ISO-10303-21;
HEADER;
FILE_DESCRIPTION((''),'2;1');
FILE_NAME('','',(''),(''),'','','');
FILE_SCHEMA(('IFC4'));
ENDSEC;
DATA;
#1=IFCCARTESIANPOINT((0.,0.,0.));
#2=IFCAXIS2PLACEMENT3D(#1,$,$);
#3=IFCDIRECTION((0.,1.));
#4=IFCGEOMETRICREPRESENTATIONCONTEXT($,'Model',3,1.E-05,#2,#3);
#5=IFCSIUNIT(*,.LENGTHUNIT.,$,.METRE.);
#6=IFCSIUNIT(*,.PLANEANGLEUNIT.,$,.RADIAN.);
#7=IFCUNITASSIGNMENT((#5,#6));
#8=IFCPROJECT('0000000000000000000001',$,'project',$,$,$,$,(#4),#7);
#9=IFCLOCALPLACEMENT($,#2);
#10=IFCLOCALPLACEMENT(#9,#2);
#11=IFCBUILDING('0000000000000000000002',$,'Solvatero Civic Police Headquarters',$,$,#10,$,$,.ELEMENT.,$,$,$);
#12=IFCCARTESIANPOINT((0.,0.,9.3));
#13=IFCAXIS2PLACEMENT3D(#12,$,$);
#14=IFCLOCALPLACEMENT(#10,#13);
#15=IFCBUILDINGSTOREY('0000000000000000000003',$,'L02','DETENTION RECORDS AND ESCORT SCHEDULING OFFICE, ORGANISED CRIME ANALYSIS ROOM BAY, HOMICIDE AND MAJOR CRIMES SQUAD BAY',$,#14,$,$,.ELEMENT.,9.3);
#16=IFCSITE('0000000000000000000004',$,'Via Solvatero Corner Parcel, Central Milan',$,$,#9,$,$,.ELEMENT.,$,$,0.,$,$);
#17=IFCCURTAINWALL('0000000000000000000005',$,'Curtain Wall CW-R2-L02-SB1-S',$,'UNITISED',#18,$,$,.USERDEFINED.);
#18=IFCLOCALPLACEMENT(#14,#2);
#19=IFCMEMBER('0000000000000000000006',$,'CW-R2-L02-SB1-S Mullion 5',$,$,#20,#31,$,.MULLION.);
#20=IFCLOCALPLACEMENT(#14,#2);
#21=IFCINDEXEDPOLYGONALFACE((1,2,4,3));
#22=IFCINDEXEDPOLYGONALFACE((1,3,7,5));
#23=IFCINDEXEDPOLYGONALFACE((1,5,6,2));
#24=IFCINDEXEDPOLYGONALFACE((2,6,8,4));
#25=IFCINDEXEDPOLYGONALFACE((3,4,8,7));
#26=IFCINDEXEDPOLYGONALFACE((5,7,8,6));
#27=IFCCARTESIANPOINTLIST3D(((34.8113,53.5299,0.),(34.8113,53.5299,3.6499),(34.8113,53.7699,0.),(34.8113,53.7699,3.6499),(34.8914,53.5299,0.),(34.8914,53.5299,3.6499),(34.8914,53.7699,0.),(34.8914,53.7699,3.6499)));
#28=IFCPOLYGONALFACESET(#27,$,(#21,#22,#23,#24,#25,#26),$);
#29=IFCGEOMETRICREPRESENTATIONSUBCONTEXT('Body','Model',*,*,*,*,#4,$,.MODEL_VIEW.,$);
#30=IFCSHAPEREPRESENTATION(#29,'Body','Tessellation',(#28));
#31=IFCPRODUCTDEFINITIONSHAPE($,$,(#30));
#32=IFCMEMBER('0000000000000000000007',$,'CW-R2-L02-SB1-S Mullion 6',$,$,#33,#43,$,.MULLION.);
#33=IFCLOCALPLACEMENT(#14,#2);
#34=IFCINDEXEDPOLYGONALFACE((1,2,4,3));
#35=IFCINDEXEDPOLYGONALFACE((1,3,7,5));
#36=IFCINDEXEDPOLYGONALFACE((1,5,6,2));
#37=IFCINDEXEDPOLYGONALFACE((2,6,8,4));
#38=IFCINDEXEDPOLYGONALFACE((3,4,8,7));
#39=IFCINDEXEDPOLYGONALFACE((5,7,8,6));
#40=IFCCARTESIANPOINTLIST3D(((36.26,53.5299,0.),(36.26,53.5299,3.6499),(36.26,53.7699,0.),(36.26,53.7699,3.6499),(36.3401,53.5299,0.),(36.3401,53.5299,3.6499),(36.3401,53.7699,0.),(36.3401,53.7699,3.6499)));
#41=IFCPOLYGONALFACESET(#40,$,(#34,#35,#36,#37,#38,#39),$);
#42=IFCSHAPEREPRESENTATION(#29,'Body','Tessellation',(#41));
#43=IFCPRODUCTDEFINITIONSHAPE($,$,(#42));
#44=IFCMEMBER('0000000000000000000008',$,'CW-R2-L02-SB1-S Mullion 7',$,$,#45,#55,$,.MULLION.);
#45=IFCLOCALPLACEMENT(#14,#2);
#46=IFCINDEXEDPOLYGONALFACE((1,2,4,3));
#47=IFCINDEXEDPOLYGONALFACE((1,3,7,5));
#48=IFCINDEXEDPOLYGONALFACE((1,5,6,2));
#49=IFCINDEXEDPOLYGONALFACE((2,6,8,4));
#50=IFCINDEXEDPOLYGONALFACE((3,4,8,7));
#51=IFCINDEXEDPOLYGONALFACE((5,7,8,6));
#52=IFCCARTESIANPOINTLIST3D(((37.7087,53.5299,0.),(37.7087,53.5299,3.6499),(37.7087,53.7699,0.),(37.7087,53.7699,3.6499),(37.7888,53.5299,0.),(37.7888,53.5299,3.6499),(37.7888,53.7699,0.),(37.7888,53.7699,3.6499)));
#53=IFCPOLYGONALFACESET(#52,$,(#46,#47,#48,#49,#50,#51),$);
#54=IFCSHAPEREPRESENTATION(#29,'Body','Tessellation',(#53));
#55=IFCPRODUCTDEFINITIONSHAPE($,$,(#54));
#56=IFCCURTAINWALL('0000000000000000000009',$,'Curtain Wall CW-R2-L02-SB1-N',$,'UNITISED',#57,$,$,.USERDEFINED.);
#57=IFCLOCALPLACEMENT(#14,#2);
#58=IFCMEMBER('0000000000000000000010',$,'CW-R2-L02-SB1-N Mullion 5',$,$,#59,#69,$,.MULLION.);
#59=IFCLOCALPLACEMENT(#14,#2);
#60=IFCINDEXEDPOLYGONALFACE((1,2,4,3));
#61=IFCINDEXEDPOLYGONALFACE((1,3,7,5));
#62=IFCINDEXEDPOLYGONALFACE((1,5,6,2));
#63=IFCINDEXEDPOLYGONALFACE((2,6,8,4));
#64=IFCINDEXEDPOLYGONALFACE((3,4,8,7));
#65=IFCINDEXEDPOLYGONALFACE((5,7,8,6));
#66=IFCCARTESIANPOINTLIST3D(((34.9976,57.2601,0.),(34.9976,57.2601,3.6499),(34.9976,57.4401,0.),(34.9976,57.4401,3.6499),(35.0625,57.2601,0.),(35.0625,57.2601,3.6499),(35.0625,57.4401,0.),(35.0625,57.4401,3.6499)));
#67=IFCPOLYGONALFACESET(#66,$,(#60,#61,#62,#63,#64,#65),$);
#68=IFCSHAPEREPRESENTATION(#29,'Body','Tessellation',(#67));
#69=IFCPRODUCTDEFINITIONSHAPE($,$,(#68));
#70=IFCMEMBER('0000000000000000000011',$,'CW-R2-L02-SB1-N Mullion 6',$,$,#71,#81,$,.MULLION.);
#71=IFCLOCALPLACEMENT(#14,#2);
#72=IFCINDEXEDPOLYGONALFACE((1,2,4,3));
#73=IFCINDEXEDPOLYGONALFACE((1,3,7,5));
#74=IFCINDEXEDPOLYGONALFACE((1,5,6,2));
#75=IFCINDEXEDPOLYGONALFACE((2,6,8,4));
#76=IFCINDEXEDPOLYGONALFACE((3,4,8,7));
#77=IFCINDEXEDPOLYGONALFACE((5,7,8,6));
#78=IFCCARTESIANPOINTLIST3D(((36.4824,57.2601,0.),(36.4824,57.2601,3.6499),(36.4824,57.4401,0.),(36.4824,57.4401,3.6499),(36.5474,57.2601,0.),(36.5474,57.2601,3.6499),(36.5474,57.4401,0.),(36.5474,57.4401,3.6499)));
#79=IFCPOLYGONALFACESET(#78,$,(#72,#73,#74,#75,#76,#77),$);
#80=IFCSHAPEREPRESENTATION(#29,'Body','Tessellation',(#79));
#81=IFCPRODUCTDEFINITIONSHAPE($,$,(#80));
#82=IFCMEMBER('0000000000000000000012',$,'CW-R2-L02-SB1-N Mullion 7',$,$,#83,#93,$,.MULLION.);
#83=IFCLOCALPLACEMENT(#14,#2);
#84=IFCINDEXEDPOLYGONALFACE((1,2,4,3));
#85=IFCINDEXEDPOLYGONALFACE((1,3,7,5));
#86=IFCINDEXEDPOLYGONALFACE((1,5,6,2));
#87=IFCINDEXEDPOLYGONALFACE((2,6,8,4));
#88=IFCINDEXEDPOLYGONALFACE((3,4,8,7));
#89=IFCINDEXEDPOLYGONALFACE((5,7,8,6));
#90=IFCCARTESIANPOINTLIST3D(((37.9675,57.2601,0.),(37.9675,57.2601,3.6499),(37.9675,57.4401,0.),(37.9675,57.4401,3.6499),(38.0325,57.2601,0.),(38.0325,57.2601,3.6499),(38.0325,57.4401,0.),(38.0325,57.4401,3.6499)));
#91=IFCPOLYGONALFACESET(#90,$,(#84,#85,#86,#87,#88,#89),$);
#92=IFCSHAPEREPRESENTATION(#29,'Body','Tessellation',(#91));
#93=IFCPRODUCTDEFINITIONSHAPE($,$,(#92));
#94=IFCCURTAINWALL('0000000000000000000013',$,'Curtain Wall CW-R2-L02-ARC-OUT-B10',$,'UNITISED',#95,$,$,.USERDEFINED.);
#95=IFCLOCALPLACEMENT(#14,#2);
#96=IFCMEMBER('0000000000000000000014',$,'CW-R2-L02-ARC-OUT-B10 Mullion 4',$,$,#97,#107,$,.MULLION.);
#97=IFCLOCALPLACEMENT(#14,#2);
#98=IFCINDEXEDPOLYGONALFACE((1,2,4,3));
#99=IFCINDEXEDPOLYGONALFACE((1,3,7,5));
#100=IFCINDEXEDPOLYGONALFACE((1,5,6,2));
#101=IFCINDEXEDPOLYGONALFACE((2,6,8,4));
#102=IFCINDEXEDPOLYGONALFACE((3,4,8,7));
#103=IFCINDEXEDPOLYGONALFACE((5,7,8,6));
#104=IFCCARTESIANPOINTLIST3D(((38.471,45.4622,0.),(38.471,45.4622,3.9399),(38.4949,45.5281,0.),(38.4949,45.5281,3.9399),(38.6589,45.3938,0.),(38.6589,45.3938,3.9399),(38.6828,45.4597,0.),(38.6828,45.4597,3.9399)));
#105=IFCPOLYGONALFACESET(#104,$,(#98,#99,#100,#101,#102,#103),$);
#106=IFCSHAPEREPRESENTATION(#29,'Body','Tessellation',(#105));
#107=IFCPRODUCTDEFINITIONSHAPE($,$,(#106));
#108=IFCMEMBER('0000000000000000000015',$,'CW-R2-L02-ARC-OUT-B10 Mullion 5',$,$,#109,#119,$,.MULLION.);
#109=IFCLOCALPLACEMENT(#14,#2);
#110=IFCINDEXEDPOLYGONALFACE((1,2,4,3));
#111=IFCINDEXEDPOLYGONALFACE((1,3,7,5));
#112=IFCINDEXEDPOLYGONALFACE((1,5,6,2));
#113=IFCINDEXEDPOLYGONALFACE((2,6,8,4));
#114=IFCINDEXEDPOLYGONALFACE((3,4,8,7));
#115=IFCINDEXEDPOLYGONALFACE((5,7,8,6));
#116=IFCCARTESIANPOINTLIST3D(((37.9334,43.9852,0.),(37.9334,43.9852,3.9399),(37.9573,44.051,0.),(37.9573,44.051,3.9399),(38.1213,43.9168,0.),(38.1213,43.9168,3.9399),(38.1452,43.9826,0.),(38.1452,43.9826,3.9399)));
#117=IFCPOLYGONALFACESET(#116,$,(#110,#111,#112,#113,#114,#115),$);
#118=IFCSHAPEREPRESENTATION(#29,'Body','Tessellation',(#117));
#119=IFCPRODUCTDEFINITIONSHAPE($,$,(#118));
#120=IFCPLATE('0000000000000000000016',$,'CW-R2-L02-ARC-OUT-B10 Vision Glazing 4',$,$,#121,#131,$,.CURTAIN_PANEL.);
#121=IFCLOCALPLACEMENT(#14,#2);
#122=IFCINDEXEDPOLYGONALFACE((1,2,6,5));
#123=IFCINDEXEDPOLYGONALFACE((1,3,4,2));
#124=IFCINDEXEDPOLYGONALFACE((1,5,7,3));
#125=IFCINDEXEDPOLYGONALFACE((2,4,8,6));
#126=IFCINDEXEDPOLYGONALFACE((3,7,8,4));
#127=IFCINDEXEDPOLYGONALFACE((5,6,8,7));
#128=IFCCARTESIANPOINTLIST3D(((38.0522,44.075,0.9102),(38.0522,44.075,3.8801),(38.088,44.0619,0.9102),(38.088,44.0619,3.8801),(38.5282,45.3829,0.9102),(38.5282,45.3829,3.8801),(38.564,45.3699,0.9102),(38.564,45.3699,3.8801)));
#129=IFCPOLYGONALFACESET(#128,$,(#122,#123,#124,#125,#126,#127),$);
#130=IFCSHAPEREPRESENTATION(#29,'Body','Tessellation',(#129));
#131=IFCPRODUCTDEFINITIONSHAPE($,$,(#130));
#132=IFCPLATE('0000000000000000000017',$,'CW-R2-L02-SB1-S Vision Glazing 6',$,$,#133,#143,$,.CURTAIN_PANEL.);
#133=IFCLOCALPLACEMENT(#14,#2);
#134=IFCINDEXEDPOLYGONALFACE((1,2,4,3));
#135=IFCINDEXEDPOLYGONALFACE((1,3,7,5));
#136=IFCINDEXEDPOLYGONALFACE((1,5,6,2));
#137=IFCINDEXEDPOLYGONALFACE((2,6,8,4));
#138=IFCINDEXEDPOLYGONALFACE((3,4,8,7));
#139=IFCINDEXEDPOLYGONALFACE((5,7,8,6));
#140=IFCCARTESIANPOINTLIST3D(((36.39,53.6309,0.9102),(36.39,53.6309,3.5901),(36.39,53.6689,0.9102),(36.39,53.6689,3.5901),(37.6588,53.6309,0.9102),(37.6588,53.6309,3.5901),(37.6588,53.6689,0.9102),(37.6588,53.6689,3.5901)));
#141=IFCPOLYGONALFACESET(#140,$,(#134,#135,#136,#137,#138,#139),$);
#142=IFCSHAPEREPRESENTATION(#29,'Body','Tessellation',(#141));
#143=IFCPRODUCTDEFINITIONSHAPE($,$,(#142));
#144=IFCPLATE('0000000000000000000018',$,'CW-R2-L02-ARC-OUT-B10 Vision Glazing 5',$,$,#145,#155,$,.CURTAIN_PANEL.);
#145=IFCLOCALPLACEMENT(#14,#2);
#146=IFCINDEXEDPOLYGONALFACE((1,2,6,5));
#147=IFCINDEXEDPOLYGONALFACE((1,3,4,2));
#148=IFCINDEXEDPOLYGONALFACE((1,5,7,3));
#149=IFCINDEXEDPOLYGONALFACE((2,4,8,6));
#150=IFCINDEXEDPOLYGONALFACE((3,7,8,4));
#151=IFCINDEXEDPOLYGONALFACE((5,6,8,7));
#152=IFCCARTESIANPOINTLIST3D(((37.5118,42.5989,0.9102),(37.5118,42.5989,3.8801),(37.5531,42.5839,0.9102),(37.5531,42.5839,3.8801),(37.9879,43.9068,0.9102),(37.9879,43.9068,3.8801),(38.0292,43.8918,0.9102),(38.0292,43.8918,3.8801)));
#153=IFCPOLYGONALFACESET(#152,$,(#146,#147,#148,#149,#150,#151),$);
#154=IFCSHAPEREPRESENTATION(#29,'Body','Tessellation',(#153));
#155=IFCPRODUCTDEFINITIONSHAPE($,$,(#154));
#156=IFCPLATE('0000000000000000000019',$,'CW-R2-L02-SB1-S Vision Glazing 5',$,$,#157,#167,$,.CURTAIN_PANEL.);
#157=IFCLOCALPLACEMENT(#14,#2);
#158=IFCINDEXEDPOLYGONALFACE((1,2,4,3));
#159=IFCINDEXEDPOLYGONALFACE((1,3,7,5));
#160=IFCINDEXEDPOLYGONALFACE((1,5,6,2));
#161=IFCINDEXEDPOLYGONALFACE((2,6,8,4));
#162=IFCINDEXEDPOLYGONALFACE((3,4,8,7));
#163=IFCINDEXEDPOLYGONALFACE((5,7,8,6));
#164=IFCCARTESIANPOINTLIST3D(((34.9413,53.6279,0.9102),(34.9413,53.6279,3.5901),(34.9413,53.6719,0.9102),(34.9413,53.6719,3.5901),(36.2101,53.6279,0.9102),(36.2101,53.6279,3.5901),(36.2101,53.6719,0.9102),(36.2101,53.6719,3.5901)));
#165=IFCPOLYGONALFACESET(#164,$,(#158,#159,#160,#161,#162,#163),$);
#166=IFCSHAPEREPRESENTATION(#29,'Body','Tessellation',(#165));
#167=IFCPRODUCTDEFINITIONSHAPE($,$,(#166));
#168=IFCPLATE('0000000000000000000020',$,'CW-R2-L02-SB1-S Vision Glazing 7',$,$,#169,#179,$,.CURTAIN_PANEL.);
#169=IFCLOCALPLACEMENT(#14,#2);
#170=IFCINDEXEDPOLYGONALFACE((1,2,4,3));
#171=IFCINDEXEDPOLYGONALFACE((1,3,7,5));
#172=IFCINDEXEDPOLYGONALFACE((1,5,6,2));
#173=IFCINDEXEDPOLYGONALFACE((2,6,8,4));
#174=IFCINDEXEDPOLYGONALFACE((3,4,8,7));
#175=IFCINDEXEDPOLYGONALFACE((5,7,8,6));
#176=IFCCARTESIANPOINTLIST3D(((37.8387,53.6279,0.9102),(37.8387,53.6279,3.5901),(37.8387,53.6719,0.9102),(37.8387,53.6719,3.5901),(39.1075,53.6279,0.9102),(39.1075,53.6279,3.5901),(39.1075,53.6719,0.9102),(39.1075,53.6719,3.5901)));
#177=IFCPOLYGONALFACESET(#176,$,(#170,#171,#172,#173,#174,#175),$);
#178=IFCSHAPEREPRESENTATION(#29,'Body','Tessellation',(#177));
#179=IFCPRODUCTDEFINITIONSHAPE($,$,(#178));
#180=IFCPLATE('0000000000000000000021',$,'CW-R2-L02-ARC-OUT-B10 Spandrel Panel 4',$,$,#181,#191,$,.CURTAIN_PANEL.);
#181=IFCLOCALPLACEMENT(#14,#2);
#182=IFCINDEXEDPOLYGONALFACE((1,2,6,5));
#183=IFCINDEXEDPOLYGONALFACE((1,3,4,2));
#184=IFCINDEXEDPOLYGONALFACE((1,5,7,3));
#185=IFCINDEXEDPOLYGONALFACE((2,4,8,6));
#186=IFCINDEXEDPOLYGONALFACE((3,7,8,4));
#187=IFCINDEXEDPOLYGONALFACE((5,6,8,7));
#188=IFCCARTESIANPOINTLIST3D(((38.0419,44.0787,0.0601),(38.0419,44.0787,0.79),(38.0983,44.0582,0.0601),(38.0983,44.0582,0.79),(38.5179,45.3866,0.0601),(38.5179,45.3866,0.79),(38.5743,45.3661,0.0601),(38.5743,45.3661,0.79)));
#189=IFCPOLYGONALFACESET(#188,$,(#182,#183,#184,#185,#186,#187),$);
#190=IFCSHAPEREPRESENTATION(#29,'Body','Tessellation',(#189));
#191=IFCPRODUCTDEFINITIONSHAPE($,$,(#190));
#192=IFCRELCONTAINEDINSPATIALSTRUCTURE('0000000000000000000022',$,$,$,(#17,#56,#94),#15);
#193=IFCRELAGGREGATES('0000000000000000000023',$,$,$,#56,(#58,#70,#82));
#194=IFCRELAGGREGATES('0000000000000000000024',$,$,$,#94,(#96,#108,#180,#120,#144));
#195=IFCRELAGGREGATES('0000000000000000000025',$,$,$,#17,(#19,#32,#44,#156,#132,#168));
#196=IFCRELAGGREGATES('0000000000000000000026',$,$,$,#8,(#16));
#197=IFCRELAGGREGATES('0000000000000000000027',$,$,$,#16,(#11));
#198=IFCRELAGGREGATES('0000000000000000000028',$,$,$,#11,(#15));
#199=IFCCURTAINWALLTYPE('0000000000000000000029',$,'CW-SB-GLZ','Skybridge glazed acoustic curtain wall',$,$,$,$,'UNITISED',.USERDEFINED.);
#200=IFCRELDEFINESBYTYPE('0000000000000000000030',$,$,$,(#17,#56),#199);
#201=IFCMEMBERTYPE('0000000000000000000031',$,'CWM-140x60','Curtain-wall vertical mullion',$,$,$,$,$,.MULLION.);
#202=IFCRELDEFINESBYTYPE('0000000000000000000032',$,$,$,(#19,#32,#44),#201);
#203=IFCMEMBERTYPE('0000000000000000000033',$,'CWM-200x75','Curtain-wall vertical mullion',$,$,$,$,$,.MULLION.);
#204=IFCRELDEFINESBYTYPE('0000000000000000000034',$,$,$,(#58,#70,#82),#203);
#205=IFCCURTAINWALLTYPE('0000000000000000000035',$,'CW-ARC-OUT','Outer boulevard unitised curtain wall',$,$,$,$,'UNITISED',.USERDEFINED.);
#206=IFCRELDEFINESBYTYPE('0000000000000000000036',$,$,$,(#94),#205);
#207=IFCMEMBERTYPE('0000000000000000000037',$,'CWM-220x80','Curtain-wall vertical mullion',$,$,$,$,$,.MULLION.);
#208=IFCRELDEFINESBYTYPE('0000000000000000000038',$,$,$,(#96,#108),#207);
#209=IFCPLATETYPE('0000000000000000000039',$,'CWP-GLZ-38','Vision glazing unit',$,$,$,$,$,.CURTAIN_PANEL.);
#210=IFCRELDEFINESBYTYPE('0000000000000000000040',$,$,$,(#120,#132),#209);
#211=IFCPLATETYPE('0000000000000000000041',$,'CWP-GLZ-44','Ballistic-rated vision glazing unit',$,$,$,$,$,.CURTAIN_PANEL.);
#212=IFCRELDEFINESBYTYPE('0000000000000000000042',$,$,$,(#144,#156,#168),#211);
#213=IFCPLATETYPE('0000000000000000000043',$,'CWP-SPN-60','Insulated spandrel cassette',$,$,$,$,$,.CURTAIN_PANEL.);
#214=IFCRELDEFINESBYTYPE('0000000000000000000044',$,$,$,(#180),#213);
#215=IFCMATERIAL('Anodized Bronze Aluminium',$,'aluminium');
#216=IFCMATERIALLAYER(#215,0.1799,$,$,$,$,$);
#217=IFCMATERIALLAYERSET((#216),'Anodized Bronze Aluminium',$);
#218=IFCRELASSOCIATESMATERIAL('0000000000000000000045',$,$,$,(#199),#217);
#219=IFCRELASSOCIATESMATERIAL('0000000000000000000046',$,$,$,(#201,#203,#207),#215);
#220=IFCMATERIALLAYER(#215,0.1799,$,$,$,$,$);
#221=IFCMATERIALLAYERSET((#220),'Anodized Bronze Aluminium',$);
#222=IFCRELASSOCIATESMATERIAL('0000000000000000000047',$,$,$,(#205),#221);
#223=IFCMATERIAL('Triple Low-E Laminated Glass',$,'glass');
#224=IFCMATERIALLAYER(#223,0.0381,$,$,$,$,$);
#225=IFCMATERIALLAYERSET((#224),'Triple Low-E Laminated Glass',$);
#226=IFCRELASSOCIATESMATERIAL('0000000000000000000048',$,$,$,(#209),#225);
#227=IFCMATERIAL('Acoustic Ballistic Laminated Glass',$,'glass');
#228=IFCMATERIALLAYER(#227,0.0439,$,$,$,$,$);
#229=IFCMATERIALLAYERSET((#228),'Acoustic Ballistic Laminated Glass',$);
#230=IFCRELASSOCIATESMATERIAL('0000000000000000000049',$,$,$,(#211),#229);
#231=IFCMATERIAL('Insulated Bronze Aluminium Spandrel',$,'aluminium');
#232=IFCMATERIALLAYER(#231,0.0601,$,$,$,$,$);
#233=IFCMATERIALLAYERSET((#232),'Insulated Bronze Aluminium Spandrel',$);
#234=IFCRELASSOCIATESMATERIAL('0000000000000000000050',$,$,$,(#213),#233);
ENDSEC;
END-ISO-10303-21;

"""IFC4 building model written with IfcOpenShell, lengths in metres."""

from ifc_helpers import new_model, si_unit, direction, frame, origin, origin_2d, place, context, subcontext, project, spatial, rectangle, extrude, material, layer, layer_set, material_profile, profile_set, type_object, element, aggregate, save


model = new_model("IFC4")

# Units and contexts
model_context = context("Model", 3, precision=1e-05, world=origin(), true_north=direction((0.0, 1.0)))
body_context = subcontext(model_context, "Body", "Model", "MODEL_VIEW")
ifc_project = project(units=[si_unit("LENGTHUNIT", "METRE"), si_unit("PLANEANGLEUNIT", "RADIAN")], contexts=[model_context])

# Site, building, storey
site_placement = place(None, origin())
site = spatial("IfcSite", under=ifc_project, at=site_placement, Name="Via Solvatero Corner Parcel, Central Milan", CompositionType="ELEMENT", RefElevation=0.0)
building_placement = place(site_placement, origin())
building = spatial("IfcBuilding", under=site, at=building_placement, Name="Solvatero Civic Police Headquarters", CompositionType="ELEMENT")
storey_placement = place(building_placement, frame((0.0, 0.0, 9.3)))
storey = spatial("IfcBuildingStorey", under=building, at=storey_placement, Name="L02", Description="DETENTION RECORDS AND ESCORT SCHEDULING OFFICE, ORGANISED CRIME ANALYSIS ROOM BAY, HOMICIDE AND MAJOR CRIMES SQUAD BAY", CompositionType="ELEMENT", Elevation=9.3)

# Curtain walls, members
ifc_material_1 = material(Name="Anodized Bronze Aluminium", Category="aluminium")
ifc_layer_1 = layer(ifc_material_1, 0.1799)
ifc_layer_set_1 = layer_set([ifc_layer_1], Name="Anodized Bronze Aluminium")
curtain_wall_type_1 = type_object("IfcCurtainWallType", Name="CW-SB-GLZ", Description="Skybridge glazed acoustic curtain wall", ElementType="UNITISED", PredefinedType="USERDEFINED", material=ifc_layer_set_1)
curtain_wall_1_placement = place(storey_placement, origin())
curtain_wall_1 = element("IfcCurtainWall", 1, at=curtain_wall_1_placement, inside=storey, type_object=curtain_wall_type_1, Name="Curtain Wall CW-R2-L02-SB1-S", ObjectType="UNITISED", PredefinedType="USERDEFINED")
ifc_material_profile_1 = material_profile(ifc_material_1, rectangle(XDim=0.0801, YDim=0.24, at=origin_2d()), Name="ALU MULLION 80x240")
ifc_profile_set_1 = profile_set([ifc_material_profile_1], Name="Anodized Bronze Aluminium")
member_type_1 = type_object("IfcMemberType", Name="CWM-140x60", Description="Curtain-wall vertical mullion", PredefinedType="MULLION", material=ifc_profile_set_1)
member_1_placement = place(storey_placement, frame((34.8513, 53.6499, 0.0), z_axis=(0.0, 0.0, 1.0), x_axis=(1.0, 0.0, 0.0)))
member_1 = element("IfcMember", 2, at=member_1_placement, type_object=member_type_1, Name="CW-R2-L02-SB1-S Mullion 5", PredefinedType="MULLION", context=body_context, shape_type="SweptSolid", body=[
    extrude(rectangle(XDim=0.0801, YDim=0.24, at=origin_2d()), origin(), (0.0, 0.0, 1.0), 3.6499),
])
member_2_placement = place(storey_placement, frame((36.3, 53.6499, 0.0), z_axis=(0.0, 0.0, 1.0), x_axis=(1.0, 0.0, 0.0)))
member_2 = element("IfcMember", 3, at=member_2_placement, type_object=member_type_1, Name="CW-R2-L02-SB1-S Mullion 6", PredefinedType="MULLION", context=body_context, shape_type="SweptSolid", body=[
    extrude(rectangle(XDim=0.0801, YDim=0.24, at=origin_2d()), origin(), (0.0, 0.0, 1.0), 3.6499),
])
member_3_placement = place(storey_placement, frame((37.7488, 53.6499, 0.0), z_axis=(0.0, 0.0, 1.0), x_axis=(1.0, 0.0, 0.0)))
member_3 = element("IfcMember", 4, at=member_3_placement, type_object=member_type_1, Name="CW-R2-L02-SB1-S Mullion 7", PredefinedType="MULLION", context=body_context, shape_type="SweptSolid", body=[
    extrude(rectangle(XDim=0.0801, YDim=0.24, at=origin_2d()), origin(), (0.0, 0.0, 1.0), 3.6499),
])
curtain_wall_2_placement = place(storey_placement, origin())
curtain_wall_2 = element("IfcCurtainWall", 5, at=curtain_wall_2_placement, inside=storey, type_object=curtain_wall_type_1, Name="Curtain Wall CW-R2-L02-SB1-N", ObjectType="UNITISED", PredefinedType="USERDEFINED")
ifc_material_profile_2 = material_profile(ifc_material_1, rectangle(XDim=0.0649, YDim=0.1799, at=origin_2d()), Name="ALU MULLION 65x180")
ifc_profile_set_2 = profile_set([ifc_material_profile_2], Name="Anodized Bronze Aluminium")
member_type_2 = type_object("IfcMemberType", Name="CWM-200x75", Description="Curtain-wall vertical mullion", PredefinedType="MULLION", material=ifc_profile_set_2)
member_4_placement = place(storey_placement, frame((35.03, 57.3501, 0.0), z_axis=(0.0, 0.0, 1.0), x_axis=(1.0, 0.0, 0.0)))
member_4 = element("IfcMember", 6, at=member_4_placement, type_object=member_type_2, Name="CW-R2-L02-SB1-N Mullion 5", PredefinedType="MULLION", context=body_context, shape_type="SweptSolid", body=[
    extrude(rectangle(XDim=0.0649, YDim=0.1799, at=origin_2d()), origin(), (0.0, 0.0, 1.0), 3.6499),
])
member_5_placement = place(storey_placement, frame((36.5149, 57.3501, 0.0), z_axis=(0.0, 0.0, 1.0), x_axis=(1.0, 0.0, 0.0)))
member_5 = element("IfcMember", 7, at=member_5_placement, type_object=member_type_2, Name="CW-R2-L02-SB1-N Mullion 6", PredefinedType="MULLION", context=body_context, shape_type="SweptSolid", body=[
    extrude(rectangle(XDim=0.0649, YDim=0.1799, at=origin_2d()), origin(), (0.0, 0.0, 1.0), 3.6499),
])
member_6_placement = place(storey_placement, frame((38.0, 57.3501, 0.0), z_axis=(0.0, 0.0, 1.0), x_axis=(1.0, 0.0, 0.0)))
member_6 = element("IfcMember", 8, at=member_6_placement, type_object=member_type_2, Name="CW-R2-L02-SB1-N Mullion 7", PredefinedType="MULLION", context=body_context, shape_type="SweptSolid", body=[
    extrude(rectangle(XDim=0.0649, YDim=0.1799, at=origin_2d()), origin(), (0.0, 0.0, 1.0), 3.6499),
])
aggregate(curtain_wall_2, [member_4, member_5, member_6])

# Curtain wall, members, plate
ifc_layer_2 = layer(ifc_material_1, 0.1799)
ifc_layer_set_2 = layer_set([ifc_layer_2], Name="Anodized Bronze Aluminium")
curtain_wall_type_2 = type_object("IfcCurtainWallType", Name="CW-ARC-OUT", Description="Outer boulevard unitised curtain wall", ElementType="UNITISED", PredefinedType="USERDEFINED", material=ifc_layer_set_2)
curtain_wall_3_placement = place(storey_placement, origin())
curtain_wall_3 = element("IfcCurtainWall", 9, at=curtain_wall_3_placement, inside=storey, type_object=curtain_wall_type_2, Name="Curtain Wall CW-R2-L02-ARC-OUT-B10", ObjectType="UNITISED", PredefinedType="USERDEFINED")
ifc_material_profile_3 = material_profile(ifc_material_1, rectangle(XDim=0.0701, YDim=0.2, at=origin_2d()), Name="ALU MULLION 70x200")
ifc_profile_set_3 = profile_set([ifc_material_profile_3], Name="Anodized Bronze Aluminium")
member_type_3 = type_object("IfcMemberType", Name="CWM-220x80", Description="Curtain-wall vertical mullion", PredefinedType="MULLION", material=ifc_profile_set_3)
member_7_placement = place(storey_placement, frame((38.5769, 45.4609, 0.0), z_axis=(0.0, 0.0, 1.0), x_axis=(-0.34202, -0.939693, 0.0)))
member_7 = element("IfcMember", 10, at=member_7_placement, type_object=member_type_3, Name="CW-R2-L02-ARC-OUT-B10 Mullion 4", PredefinedType="MULLION", context=body_context, shape_type="SweptSolid", body=[
    extrude(rectangle(XDim=0.0701, YDim=0.2, at=origin_2d()), origin(), (0.0, 0.0, 1.0), 3.9399),
])
member_8_placement = place(storey_placement, frame((38.0393, 43.9839, 0.0), z_axis=(0.0, 0.0, 1.0), x_axis=(-0.34202, -0.939693, 0.0)))
member_8 = element("IfcMember", 11, at=member_8_placement, type_object=member_type_3, Name="CW-R2-L02-ARC-OUT-B10 Mullion 5", PredefinedType="MULLION", context=body_context, shape_type="SweptSolid", body=[
    extrude(rectangle(XDim=0.0701, YDim=0.2, at=origin_2d()), origin(), (0.0, 0.0, 1.0), 3.9399),
])
ifc_material_2 = material(Name="Triple Low-E Laminated Glass", Category="glass")
ifc_layer_3 = layer(ifc_material_2, 0.0381)
ifc_layer_set_3 = layer_set([ifc_layer_3], Name="Triple Low-E Laminated Glass")
plate_type_1 = type_object("IfcPlateType", Name="CWP-GLZ-38", Description="Vision glazing unit", PredefinedType="CURTAIN_PANEL", material=ifc_layer_set_3)
plate_1_placement = place(storey_placement, frame((38.3081, 44.7224, 0.9102), z_axis=(0.0, 0.0, 1.0), x_axis=(-0.34202, -0.939693, 0.0)))
plate_1 = element("IfcPlate", 12, at=plate_1_placement, type_object=plate_type_1, Name="CW-R2-L02-ARC-OUT-B10 Vision Glazing 4", PredefinedType="CURTAIN_PANEL", context=body_context, shape_type="SweptSolid", body=[
    extrude(rectangle(XDim=1.3918, YDim=0.0381, at=origin_2d()), origin(), (0.0, 0.0, 1.0), 2.97),
])

# Plates
plate_2_placement = place(storey_placement, frame((37.0244, 53.6499, 0.9102), z_axis=(0.0, 0.0, 1.0), x_axis=(1.0, 0.0, 0.0)))
plate_2 = element("IfcPlate", 13, at=plate_2_placement, type_object=plate_type_1, Name="CW-R2-L02-SB1-S Vision Glazing 6", PredefinedType="CURTAIN_PANEL", context=body_context, shape_type="SweptSolid", body=[
    extrude(rectangle(XDim=1.2688, YDim=0.0381, at=origin_2d()), origin(), (0.0, 0.0, 1.0), 2.6799),
])
ifc_material_3 = material(Name="Acoustic Ballistic Laminated Glass", Category="glass")
ifc_layer_4 = layer(ifc_material_3, 0.0439)
ifc_layer_set_4 = layer_set([ifc_layer_4], Name="Acoustic Ballistic Laminated Glass")
plate_type_2 = type_object("IfcPlateType", Name="CWP-GLZ-44", Description="Ballistic-rated vision glazing unit", PredefinedType="CURTAIN_PANEL", material=ifc_layer_set_4)
plate_3_placement = place(storey_placement, frame((37.7705, 43.2454, 0.9102), z_axis=(0.0, 0.0, 1.0), x_axis=(-0.34202, -0.939693, 0.0)))
plate_3 = element("IfcPlate", 14, at=plate_3_placement, type_object=plate_type_2, Name="CW-R2-L02-ARC-OUT-B10 Vision Glazing 5", PredefinedType="CURTAIN_PANEL", context=body_context, shape_type="SweptSolid", body=[
    extrude(rectangle(XDim=1.3918, YDim=0.0439, at=origin_2d()), origin(), (0.0, 0.0, 1.0), 2.97),
])
plate_4_placement = place(storey_placement, frame((35.5757, 53.6499, 0.9102), z_axis=(0.0, 0.0, 1.0), x_axis=(1.0, 0.0, 0.0)))
plate_4 = element("IfcPlate", 15, at=plate_4_placement, type_object=plate_type_2, Name="CW-R2-L02-SB1-S Vision Glazing 5", PredefinedType="CURTAIN_PANEL", context=body_context, shape_type="SweptSolid", body=[
    extrude(rectangle(XDim=1.2688, YDim=0.0439, at=origin_2d()), origin(), (0.0, 0.0, 1.0), 2.6799),
])
plate_5_placement = place(storey_placement, frame((38.4731, 53.6499, 0.9102), z_axis=(0.0, 0.0, 1.0), x_axis=(1.0, 0.0, 0.0)))
plate_5 = element("IfcPlate", 16, at=plate_5_placement, type_object=plate_type_2, Name="CW-R2-L02-SB1-S Vision Glazing 7", PredefinedType="CURTAIN_PANEL", context=body_context, shape_type="SweptSolid", body=[
    extrude(rectangle(XDim=1.2688, YDim=0.0439, at=origin_2d()), origin(), (0.0, 0.0, 1.0), 2.6799),
])
ifc_material_4 = material(Name="Insulated Bronze Aluminium Spandrel", Category="aluminium")
ifc_layer_5 = layer(ifc_material_4, 0.0601)
ifc_layer_set_5 = layer_set([ifc_layer_5], Name="Insulated Bronze Aluminium Spandrel")
plate_type_3 = type_object("IfcPlateType", Name="CWP-SPN-60", Description="Insulated spandrel cassette", PredefinedType="CURTAIN_PANEL", material=ifc_layer_set_5)
plate_6_placement = place(storey_placement, frame((38.3081, 44.7224, 0.0601), z_axis=(0.0, 0.0, 1.0), x_axis=(-0.34202, -0.939693, 0.0)))
plate_6 = element("IfcPlate", 17, at=plate_6_placement, type_object=plate_type_3, Name="CW-R2-L02-ARC-OUT-B10 Spandrel Panel 4", PredefinedType="CURTAIN_PANEL", context=body_context, shape_type="SweptSolid", body=[
    extrude(rectangle(XDim=1.3918, YDim=0.0601, at=origin_2d()), origin(), (0.0, 0.0, 1.0), 0.73),
])
aggregate(curtain_wall_3, [member_7, member_8, plate_6, plate_1, plate_3])
aggregate(curtain_wall_1, [member_1, member_2, member_3, plate_4, plate_2, plate_5])

save(model, "model.ifc")
